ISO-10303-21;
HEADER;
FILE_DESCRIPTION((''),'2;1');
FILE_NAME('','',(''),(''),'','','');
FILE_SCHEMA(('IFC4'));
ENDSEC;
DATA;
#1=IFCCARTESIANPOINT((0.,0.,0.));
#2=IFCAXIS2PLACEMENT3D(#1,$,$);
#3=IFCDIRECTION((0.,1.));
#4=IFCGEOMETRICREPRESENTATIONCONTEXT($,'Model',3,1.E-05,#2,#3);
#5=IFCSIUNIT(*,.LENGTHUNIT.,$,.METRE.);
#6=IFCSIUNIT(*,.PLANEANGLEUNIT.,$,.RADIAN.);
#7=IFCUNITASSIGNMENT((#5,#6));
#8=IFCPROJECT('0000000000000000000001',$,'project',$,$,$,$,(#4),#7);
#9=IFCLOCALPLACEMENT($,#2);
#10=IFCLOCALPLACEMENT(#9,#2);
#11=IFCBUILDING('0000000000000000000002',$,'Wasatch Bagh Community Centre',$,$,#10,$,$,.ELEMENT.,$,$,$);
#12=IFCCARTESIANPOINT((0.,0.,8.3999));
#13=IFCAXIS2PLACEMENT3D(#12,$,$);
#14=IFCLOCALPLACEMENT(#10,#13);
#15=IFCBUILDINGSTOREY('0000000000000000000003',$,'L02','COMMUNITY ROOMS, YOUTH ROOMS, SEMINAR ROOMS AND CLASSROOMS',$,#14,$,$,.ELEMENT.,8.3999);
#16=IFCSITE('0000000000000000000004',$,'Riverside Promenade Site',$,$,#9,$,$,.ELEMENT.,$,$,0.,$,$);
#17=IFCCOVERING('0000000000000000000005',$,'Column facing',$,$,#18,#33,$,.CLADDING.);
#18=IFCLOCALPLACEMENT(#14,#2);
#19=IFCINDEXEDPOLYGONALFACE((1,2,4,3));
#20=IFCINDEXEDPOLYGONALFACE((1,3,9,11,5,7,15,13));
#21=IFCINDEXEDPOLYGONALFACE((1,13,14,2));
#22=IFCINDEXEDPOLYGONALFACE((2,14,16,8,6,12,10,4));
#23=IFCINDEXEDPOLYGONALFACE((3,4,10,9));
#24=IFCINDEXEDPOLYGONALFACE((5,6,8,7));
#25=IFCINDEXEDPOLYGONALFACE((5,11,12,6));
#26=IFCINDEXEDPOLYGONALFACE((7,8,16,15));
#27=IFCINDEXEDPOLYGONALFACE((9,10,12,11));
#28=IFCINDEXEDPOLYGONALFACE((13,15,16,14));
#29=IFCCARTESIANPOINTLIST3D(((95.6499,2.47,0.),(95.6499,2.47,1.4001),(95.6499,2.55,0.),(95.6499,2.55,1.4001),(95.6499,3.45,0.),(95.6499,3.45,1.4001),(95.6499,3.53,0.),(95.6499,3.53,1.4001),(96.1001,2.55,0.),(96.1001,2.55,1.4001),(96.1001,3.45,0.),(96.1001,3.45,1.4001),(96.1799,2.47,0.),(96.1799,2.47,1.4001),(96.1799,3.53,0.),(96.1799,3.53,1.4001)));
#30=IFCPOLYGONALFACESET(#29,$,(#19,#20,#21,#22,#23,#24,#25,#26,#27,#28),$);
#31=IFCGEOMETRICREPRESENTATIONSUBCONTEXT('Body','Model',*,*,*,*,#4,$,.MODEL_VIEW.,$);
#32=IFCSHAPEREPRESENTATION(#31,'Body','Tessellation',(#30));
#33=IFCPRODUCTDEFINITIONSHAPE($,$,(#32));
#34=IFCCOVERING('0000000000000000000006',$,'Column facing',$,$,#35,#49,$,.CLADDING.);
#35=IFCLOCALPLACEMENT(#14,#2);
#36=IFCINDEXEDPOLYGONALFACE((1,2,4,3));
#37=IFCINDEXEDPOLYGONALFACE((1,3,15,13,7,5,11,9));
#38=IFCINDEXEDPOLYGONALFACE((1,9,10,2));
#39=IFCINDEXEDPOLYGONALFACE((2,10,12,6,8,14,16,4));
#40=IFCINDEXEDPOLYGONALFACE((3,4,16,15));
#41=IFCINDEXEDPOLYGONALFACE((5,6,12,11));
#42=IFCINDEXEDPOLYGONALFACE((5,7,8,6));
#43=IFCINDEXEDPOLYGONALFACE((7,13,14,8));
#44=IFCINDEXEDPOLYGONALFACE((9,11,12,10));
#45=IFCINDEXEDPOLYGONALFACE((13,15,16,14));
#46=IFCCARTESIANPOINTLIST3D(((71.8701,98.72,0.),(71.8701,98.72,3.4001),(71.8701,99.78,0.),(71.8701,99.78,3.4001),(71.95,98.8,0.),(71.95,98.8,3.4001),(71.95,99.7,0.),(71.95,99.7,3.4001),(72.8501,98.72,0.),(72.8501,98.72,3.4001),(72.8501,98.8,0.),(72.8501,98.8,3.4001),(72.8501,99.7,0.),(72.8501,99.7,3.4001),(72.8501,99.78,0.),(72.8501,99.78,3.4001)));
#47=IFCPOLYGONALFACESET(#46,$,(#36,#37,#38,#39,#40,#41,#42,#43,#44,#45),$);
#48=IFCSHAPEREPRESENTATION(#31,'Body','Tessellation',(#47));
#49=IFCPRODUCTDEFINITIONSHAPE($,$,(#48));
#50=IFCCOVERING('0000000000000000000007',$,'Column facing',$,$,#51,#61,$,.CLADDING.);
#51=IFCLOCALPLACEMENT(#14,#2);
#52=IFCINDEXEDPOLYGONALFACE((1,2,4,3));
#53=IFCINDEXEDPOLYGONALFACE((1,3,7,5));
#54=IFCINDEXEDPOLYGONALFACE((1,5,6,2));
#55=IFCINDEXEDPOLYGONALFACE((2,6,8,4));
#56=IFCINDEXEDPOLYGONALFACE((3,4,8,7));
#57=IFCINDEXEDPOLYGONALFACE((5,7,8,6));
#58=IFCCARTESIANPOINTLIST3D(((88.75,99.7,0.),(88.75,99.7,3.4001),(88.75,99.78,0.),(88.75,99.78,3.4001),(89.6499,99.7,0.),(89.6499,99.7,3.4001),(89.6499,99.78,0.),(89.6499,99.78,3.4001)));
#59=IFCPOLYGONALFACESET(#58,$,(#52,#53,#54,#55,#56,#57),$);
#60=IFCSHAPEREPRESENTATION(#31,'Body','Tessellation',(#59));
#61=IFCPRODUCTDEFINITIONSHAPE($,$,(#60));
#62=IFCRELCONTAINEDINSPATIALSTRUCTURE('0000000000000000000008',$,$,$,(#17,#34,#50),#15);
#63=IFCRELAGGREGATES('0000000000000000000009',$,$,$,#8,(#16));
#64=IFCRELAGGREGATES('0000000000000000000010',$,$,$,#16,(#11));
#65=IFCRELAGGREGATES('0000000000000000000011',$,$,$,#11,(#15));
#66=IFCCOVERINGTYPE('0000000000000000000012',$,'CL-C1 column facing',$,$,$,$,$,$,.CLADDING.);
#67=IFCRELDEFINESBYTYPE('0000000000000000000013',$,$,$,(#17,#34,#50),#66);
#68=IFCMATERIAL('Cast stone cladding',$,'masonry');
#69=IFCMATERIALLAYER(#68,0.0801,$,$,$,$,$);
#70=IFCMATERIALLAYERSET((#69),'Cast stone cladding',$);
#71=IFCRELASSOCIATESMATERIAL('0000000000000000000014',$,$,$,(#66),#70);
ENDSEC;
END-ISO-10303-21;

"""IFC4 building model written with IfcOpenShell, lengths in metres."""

from ifc_helpers import new_model, si_unit, direction, frame, origin, place, context, subcontext, project, spatial, polyline, outline, extrude, material, layer, layer_set, type_object, element, save


model = new_model("IFC4")

# Units and contexts
model_context = context("Model", 3, precision=1e-05, world=origin(), true_north=direction((0.0, 1.0)))
body_context = subcontext(model_context, "Body", "Model", "MODEL_VIEW")
ifc_project = project(units=[si_unit("LENGTHUNIT", "METRE"), si_unit("PLANEANGLEUNIT", "RADIAN")], contexts=[model_context])

# Site, building, storey
site_placement = place(None, origin())
site = spatial("IfcSite", under=ifc_project, at=site_placement, Name="Riverside Promenade Site", CompositionType="ELEMENT", RefElevation=0.0)
building_placement = place(site_placement, origin())
building = spatial("IfcBuilding", under=site, at=building_placement, Name="Wasatch Bagh Community Centre", CompositionType="ELEMENT")
storey_placement = place(building_placement, frame((0.0, 0.0, 8.3999)))
storey = spatial("IfcBuildingStorey", under=building, at=storey_placement, Name="L02", Description="COMMUNITY ROOMS, YOUTH ROOMS, SEMINAR ROOMS AND CLASSROOMS", CompositionType="ELEMENT", Elevation=8.3999)

# Coverings
ifc_material_1 = material(Name="Cast stone cladding", Category="masonry")
ifc_layer_1 = layer(ifc_material_1, 0.0801)
ifc_layer_set_1 = layer_set([ifc_layer_1], Name="Cast stone cladding")
covering_type = type_object("IfcCoveringType", Name="CL-C1 column facing", PredefinedType="CLADDING", material=ifc_layer_set_1)
covering_1_placement = place(storey_placement, origin())
element("IfcCovering", 1, at=covering_1_placement, inside=storey, type_object=covering_type, Name="Column facing", PredefinedType="CLADDING", context=body_context, shape_type="SweptSolid", body=[
    extrude(outline(polyline([(96.1799, 3.53), (96.1799, 2.47), (95.6499, 2.47), (95.6499, 2.55), (96.1001, 2.55), (96.1001, 3.45), (95.6499, 3.45), (95.6499, 3.53), (96.1799, 3.53)])), origin(), (0.0, 0.0, 1.0), 1.4001),
])
covering_2_placement = place(storey_placement, origin())
element("IfcCovering", 2, at=covering_2_placement, inside=storey, type_object=covering_type, Name="Column facing", PredefinedType="CLADDING", context=body_context, shape_type="SweptSolid", body=[
    extrude(outline(polyline([(71.8701, 98.72), (71.8701, 99.78), (72.8501, 99.78), (72.8501, 99.7), (71.95, 99.7), (71.95, 98.8), (72.8501, 98.8), (72.8501, 98.72), (71.8701, 98.72)])), origin(), (0.0, 0.0, 1.0), 3.4001),
])
covering_3_placement = place(storey_placement, origin())
element("IfcCovering", 3, at=covering_3_placement, inside=storey, type_object=covering_type, Name="Column facing", PredefinedType="CLADDING", context=body_context, shape_type="SweptSolid", body=[
    extrude(outline(polyline([(88.75, 99.7), (88.75, 99.78), (89.6499, 99.78), (89.6499, 99.7), (88.75, 99.7)])), origin(), (0.0, 0.0, 1.0), 3.4001),
])

save(model, "model.ifc")
